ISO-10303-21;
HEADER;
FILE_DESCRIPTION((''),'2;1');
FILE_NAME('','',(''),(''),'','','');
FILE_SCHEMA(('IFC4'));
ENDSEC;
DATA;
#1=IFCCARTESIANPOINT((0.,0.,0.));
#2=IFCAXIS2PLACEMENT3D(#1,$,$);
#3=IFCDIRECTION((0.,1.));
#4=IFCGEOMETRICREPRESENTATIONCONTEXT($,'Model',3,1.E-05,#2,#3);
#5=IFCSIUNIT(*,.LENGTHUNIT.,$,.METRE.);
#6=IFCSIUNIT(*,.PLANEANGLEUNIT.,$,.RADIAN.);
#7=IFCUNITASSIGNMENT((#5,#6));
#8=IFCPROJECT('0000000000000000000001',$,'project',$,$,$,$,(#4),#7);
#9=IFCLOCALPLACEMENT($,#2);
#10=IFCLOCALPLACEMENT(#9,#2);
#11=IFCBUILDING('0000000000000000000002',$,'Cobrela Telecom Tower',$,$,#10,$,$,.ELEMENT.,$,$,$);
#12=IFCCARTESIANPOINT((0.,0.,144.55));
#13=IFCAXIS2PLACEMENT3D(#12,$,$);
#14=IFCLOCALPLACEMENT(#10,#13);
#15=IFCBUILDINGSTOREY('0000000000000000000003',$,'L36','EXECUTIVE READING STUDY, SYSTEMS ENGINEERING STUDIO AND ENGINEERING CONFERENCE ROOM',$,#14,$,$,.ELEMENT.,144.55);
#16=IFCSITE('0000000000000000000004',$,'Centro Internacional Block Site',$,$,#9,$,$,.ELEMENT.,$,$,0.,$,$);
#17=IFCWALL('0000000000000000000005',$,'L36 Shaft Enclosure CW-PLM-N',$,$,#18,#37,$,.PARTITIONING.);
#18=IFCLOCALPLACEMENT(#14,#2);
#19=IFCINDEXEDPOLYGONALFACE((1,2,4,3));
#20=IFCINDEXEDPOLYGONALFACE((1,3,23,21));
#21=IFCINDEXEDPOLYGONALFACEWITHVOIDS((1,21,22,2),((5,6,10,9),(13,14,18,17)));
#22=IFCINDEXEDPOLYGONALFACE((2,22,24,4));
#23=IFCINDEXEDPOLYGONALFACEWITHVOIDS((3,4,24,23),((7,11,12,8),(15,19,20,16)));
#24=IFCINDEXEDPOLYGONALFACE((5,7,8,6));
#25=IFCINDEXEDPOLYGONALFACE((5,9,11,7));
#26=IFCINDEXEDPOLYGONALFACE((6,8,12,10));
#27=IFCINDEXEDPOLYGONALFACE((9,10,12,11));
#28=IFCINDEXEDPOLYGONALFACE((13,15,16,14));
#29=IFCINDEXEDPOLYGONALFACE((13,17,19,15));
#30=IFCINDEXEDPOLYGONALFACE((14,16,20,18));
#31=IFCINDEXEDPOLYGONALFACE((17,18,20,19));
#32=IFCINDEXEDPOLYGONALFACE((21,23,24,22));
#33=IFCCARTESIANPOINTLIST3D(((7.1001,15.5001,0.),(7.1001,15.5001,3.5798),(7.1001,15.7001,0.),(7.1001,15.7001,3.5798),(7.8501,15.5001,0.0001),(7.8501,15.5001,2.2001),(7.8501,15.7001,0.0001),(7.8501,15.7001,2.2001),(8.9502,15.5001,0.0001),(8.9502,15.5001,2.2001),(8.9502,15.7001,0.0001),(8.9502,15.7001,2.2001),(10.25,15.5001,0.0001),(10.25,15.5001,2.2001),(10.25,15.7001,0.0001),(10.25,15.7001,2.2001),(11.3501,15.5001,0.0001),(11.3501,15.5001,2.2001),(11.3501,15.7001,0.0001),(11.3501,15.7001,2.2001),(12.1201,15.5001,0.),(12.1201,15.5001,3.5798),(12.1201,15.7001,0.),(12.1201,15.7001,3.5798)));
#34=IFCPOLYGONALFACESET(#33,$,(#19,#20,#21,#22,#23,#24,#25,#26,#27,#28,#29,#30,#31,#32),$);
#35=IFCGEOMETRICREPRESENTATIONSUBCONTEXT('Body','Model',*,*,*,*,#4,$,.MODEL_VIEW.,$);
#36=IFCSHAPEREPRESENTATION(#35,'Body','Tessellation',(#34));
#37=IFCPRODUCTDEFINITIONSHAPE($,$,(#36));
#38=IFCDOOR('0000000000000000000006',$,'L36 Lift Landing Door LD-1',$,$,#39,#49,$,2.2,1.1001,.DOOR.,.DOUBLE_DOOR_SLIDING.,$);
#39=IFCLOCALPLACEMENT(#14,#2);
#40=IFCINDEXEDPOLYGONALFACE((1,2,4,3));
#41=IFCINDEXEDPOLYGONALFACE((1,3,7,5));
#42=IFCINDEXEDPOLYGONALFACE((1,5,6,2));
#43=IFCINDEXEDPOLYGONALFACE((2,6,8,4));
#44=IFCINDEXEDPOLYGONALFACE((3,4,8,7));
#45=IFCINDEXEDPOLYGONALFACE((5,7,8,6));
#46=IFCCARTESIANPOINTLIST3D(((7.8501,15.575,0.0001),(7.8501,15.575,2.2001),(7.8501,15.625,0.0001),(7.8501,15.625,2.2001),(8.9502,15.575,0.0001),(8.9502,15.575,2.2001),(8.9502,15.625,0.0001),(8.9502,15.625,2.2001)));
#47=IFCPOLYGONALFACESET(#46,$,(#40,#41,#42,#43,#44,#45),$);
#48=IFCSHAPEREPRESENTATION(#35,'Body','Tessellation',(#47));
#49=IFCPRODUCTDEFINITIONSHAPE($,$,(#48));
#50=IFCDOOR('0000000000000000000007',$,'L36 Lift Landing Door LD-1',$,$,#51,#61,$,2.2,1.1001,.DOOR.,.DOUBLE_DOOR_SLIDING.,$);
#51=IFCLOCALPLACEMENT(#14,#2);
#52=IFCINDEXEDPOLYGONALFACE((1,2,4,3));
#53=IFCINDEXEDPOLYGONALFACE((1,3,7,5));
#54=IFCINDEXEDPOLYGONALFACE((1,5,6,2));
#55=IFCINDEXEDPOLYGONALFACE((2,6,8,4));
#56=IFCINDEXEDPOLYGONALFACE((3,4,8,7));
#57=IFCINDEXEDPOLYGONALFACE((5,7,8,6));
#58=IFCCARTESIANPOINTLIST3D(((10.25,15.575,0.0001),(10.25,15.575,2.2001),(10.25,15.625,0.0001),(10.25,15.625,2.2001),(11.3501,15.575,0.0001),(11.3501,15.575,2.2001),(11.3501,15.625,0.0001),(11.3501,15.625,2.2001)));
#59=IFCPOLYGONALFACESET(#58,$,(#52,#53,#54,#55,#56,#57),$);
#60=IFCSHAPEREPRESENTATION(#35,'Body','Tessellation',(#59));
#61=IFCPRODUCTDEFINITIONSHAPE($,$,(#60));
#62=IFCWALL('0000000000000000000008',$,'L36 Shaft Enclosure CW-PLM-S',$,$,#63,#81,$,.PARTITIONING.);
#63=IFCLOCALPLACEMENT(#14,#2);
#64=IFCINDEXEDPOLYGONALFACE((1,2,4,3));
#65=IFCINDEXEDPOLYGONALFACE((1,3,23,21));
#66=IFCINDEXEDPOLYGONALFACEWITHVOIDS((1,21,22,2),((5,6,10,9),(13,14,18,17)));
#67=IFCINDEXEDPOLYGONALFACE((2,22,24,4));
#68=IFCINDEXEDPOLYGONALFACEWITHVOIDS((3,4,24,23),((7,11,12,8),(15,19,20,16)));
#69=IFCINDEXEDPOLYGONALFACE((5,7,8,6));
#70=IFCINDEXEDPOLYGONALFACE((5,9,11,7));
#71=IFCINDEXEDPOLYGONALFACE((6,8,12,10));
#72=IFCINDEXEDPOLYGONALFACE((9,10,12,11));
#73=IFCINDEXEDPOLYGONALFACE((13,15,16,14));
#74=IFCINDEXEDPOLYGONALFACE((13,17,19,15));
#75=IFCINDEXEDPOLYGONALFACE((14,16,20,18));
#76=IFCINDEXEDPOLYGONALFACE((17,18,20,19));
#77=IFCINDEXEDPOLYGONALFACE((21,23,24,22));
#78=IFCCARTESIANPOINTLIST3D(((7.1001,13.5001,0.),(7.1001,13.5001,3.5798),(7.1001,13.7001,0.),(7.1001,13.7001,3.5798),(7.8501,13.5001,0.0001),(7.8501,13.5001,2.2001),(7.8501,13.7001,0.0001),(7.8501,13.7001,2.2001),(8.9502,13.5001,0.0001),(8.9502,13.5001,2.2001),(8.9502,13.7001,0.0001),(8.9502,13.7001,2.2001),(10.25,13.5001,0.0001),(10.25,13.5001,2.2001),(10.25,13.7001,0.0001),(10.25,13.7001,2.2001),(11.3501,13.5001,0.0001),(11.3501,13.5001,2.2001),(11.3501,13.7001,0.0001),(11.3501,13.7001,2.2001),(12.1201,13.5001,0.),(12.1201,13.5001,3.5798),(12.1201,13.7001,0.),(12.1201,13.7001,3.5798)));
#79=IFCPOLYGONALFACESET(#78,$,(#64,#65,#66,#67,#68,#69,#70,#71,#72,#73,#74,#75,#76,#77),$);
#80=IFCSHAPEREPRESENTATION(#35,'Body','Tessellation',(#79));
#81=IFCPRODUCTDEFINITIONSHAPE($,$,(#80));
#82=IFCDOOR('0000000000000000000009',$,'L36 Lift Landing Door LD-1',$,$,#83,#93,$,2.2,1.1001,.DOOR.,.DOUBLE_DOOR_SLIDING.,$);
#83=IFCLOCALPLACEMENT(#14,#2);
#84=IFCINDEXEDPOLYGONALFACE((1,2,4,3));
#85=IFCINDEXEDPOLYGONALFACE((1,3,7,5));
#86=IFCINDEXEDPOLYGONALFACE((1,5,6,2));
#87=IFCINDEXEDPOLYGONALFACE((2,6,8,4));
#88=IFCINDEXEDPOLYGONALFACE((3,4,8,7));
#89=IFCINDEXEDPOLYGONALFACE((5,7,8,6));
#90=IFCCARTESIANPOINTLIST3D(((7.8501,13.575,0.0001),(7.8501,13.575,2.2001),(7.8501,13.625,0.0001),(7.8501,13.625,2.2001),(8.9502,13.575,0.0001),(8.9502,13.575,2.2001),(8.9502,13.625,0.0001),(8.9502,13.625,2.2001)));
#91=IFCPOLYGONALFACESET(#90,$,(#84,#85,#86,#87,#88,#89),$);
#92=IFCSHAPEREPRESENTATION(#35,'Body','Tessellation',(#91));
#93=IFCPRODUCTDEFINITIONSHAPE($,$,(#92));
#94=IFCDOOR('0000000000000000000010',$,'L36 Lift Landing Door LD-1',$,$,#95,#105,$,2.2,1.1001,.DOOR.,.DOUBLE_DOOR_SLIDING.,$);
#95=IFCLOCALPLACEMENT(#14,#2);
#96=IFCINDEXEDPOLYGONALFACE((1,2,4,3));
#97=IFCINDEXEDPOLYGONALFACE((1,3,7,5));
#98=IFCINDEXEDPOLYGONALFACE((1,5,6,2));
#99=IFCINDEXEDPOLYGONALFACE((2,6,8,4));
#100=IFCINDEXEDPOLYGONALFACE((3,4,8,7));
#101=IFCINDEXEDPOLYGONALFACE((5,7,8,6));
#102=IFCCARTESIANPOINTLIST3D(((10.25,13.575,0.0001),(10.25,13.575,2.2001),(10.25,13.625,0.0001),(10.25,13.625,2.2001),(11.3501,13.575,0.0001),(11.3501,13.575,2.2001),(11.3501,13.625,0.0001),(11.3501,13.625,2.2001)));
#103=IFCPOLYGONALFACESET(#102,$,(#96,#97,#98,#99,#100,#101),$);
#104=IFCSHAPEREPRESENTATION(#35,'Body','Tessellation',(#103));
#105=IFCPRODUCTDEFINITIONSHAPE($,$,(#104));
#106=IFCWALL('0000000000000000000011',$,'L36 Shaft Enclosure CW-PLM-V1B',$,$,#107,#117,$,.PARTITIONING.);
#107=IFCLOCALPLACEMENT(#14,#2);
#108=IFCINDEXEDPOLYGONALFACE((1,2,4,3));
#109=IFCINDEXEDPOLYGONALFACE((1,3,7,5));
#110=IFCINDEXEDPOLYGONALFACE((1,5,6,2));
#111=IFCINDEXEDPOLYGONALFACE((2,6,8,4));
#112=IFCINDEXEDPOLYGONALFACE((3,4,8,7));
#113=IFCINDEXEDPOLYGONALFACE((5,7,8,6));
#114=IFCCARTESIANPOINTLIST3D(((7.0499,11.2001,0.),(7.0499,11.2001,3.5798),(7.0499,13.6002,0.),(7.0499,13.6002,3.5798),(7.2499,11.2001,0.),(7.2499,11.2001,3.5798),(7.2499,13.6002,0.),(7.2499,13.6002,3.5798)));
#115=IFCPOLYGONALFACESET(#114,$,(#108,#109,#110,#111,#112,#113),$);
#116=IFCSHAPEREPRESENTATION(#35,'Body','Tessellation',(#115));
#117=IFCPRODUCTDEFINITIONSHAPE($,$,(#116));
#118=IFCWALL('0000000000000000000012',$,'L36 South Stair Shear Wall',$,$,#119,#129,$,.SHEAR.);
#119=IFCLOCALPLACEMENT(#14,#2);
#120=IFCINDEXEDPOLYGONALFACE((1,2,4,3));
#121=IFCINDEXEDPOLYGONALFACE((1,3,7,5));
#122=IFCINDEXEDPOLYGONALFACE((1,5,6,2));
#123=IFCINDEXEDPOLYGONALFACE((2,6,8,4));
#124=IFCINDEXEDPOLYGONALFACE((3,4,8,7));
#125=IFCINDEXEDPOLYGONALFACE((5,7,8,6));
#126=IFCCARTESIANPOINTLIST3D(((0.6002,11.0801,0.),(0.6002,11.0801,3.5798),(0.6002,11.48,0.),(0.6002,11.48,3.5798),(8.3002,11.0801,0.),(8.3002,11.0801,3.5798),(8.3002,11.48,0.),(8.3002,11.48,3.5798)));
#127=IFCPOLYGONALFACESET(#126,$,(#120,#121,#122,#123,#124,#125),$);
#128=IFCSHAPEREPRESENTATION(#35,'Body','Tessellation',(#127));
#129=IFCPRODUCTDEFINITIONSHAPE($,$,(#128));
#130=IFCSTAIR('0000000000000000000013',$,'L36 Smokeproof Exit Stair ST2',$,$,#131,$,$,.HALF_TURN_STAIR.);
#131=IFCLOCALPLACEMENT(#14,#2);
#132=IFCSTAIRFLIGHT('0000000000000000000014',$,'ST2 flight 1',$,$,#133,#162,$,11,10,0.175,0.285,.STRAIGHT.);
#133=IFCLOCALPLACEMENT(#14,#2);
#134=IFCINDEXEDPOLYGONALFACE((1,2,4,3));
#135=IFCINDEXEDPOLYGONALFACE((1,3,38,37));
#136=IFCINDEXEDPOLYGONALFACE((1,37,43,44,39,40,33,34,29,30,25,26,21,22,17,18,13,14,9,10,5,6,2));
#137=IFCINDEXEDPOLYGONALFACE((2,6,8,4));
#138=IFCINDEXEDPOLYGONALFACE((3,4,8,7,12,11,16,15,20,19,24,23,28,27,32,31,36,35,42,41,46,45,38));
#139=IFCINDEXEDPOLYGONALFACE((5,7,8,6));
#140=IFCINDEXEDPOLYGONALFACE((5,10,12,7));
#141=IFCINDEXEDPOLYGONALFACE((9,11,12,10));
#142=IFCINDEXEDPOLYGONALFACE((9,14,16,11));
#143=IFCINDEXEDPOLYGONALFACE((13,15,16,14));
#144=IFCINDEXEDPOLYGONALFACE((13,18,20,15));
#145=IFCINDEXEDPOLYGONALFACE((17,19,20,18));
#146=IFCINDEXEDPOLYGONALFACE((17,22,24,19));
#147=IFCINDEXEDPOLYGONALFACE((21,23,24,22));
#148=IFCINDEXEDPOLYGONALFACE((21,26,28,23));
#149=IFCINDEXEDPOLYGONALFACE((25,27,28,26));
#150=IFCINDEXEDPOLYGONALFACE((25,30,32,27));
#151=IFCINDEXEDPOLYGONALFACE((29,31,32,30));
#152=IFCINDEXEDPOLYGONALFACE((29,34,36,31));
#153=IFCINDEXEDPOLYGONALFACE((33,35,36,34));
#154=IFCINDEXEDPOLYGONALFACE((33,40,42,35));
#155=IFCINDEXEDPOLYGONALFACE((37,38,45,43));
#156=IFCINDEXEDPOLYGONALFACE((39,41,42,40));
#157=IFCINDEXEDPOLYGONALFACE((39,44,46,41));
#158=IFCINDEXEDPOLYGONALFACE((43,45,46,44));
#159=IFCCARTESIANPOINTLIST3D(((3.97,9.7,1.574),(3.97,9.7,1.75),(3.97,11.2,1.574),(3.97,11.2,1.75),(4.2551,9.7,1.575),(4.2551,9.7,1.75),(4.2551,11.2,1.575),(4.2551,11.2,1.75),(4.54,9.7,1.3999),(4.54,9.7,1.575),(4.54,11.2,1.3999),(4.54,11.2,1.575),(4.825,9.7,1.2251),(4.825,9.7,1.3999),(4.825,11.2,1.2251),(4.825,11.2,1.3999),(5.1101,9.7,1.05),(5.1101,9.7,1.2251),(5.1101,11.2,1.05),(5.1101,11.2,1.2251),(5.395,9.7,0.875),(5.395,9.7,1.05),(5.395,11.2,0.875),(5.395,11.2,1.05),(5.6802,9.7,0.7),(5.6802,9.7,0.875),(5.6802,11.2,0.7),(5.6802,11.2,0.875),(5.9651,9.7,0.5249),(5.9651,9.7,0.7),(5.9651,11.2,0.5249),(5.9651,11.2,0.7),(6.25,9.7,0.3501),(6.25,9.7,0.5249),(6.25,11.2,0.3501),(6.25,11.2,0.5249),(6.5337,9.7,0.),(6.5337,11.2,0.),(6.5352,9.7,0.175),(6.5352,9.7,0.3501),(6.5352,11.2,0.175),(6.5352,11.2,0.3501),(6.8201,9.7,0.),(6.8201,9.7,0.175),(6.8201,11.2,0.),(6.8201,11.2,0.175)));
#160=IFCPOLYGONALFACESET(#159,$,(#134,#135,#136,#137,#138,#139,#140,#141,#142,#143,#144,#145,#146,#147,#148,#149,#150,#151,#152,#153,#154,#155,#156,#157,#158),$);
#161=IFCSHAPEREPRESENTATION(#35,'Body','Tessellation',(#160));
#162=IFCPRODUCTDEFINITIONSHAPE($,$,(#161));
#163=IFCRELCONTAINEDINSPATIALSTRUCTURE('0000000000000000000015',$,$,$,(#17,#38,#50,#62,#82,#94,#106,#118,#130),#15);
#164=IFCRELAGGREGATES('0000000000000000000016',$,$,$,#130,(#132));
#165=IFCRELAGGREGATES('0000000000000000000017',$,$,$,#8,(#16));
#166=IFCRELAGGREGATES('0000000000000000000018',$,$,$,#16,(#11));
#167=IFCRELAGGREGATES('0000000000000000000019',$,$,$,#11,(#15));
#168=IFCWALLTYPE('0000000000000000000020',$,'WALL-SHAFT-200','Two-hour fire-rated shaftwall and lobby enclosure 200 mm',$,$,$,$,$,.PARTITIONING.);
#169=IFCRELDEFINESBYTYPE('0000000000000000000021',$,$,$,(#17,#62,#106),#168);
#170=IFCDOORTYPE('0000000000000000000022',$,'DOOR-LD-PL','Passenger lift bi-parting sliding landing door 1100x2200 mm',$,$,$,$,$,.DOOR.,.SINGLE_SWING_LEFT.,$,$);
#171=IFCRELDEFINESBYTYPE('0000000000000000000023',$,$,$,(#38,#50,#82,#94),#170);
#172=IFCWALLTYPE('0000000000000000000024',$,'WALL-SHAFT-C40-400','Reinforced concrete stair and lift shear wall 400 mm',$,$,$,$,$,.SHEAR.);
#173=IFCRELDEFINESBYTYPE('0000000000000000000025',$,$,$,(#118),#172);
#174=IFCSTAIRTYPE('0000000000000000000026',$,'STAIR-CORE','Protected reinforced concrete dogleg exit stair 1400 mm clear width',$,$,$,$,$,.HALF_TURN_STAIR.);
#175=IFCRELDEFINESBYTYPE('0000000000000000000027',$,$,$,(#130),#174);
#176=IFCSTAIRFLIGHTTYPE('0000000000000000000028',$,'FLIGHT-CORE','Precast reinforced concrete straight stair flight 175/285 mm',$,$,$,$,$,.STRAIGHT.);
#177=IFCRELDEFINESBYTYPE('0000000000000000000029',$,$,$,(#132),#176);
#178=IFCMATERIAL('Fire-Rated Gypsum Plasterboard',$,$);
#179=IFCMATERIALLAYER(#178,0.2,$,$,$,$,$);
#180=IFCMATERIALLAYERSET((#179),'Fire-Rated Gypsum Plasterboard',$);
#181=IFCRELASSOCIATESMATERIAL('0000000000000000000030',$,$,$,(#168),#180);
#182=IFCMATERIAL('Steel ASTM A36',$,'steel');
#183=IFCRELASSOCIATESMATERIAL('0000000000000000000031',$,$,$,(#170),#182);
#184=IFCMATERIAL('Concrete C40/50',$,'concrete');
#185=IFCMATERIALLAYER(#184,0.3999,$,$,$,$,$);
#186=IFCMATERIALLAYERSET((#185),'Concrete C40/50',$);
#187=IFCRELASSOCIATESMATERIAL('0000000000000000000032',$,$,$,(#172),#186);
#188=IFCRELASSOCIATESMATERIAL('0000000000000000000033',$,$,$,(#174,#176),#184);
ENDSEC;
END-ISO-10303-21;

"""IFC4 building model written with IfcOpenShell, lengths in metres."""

from ifc_helpers import new_model, si_unit, direction, frame, frame_2d, origin, place, context, subcontext, project, spatial, polyline, rectangle, outline, extrude, material, layer, layer_set, type_object, element, fill, aggregate, save


model = new_model("IFC4")

# Units and contexts
model_context = context("Model", 3, precision=1e-05, world=origin(), true_north=direction((0.0, 1.0)))
body_context = subcontext(model_context, "Body", "Model", "MODEL_VIEW")
ifc_project = project(units=[si_unit("LENGTHUNIT", "METRE"), si_unit("PLANEANGLEUNIT", "RADIAN")], contexts=[model_context])

# Site, building, storey
site_placement = place(None, origin())
site = spatial("IfcSite", under=ifc_project, at=site_placement, Name="Centro Internacional Block Site", CompositionType="ELEMENT", RefElevation=0.0)
building_placement = place(site_placement, origin())
building = spatial("IfcBuilding", under=site, at=building_placement, Name="Cobrela Telecom Tower", CompositionType="ELEMENT")
storey_placement = place(building_placement, frame((0.0, 0.0, 144.55)))
storey = spatial("IfcBuildingStorey", under=building, at=storey_placement, Name="L36", Description="EXECUTIVE READING STUDY, SYSTEMS ENGINEERING STUDIO AND ENGINEERING CONFERENCE ROOM", CompositionType="ELEMENT", Elevation=144.55)

# Shared definitions
ifc_material_1 = material(Name="Fire-Rated Gypsum Plasterboard")

# Shared definitions
ifc_layer_1 = layer(ifc_material_1, 0.2)
ifc_layer_set_1 = layer_set([ifc_layer_1], Name="Fire-Rated Gypsum Plasterboard")
wall_type_1 = type_object("IfcWallType", Name="WALL-SHAFT-200", Description="Two-hour fire-rated shaftwall and lobby enclosure 200 mm", PredefinedType="PARTITIONING", material=ifc_layer_set_1)

# Walls, openings, doors
wall_1_placement = place(storey_placement, frame((7.1001, 15.6001, 0.0), z_axis=(0.0, 0.0, 1.0), x_axis=(1.0, 0.0, 0.0)))
wall_1 = element("IfcWall", 1, at=wall_1_placement, inside=storey, type_object=wall_type_1, Name="L36 Shaft Enclosure CW-PLM-N", PredefinedType="PARTITIONING", context=body_context, shape_type="SweptSolid", body=[
    extrude(rectangle(XDim=5.02, YDim=0.2, at=frame_2d((2.51, 0.0))), origin(), (0.0, 0.0, 1.0), 3.5798),
])
opening_1_placement = place(wall_1_placement, frame((0.75, 0.0, 0.0)))
opening_1 = element("IfcOpeningElement", 2, at=opening_1_placement, cuts=wall_1, PredefinedType="OPENING", context=body_context, shape_type="SweptSolid", body=[
    extrude(rectangle(XDim=1.1001, YDim=2.2, at=frame_2d((0.55, 1.1001))), frame((0.0, 0.1118, 0.0), z_axis=(0.0, -1.0, 0.0), x_axis=(1.0, 0.0, 0.0)), (0.0, 0.0, 1.0), 0.2239),
])
opening_2_placement = place(wall_1_placement, frame((3.1499, 0.0, 0.0)))
opening_2 = element("IfcOpeningElement", 3, at=opening_2_placement, cuts=wall_1, PredefinedType="OPENING", context=body_context, shape_type="SweptSolid", body=[
    extrude(rectangle(XDim=1.1001, YDim=2.2, at=frame_2d((0.55, 1.1001))), frame((0.0, 0.1118, 0.0), z_axis=(0.0, -1.0, 0.0), x_axis=(1.0, 0.0, 0.0)), (0.0, 0.0, 1.0), 0.2239),
])
ifc_material_2 = material(Name="Steel ASTM A36", Category="steel")
door_type_1 = type_object("IfcDoorType", Name="DOOR-LD-PL", Description="Passenger lift bi-parting sliding landing door 1100x2200 mm", OperationType="SINGLE_SWING_LEFT", PredefinedType="DOOR", material=ifc_material_2)
door_1_placement = place(opening_1_placement, origin())
door_1 = element("IfcDoor", 4, at=door_1_placement, inside=storey, type_object=door_type_1, Name="L36 Lift Landing Door LD-1", OperationType="DOUBLE_DOOR_SLIDING", OverallHeight=2.2, OverallWidth=1.1001, PredefinedType="DOOR", context=body_context, shape_type="SweptSolid", body=[
    extrude(rectangle(XDim=1.1001, YDim=2.2, at=frame_2d((0.55, 1.1001))), frame((0.0, 0.0249, 0.0), z_axis=(0.0, -1.0, 0.0), x_axis=(1.0, 0.0, 0.0)), (0.0, 0.0, 1.0), 0.05),
])
fill(opening_1, door_1)
door_2_placement = place(opening_2_placement, origin())
door_2 = element("IfcDoor", 5, at=door_2_placement, inside=storey, type_object=door_type_1, Name="L36 Lift Landing Door LD-1", OperationType="DOUBLE_DOOR_SLIDING", OverallHeight=2.2, OverallWidth=1.1001, PredefinedType="DOOR", context=body_context, shape_type="SweptSolid", body=[
    extrude(rectangle(XDim=1.1001, YDim=2.2, at=frame_2d((0.55, 1.1001))), frame((0.0, 0.0249, 0.0), z_axis=(0.0, -1.0, 0.0), x_axis=(1.0, 0.0, 0.0)), (0.0, 0.0, 1.0), 0.05),
])
fill(opening_2, door_2)
wall_2_placement = place(storey_placement, frame((7.1001, 13.6001, 0.0), z_axis=(0.0, 0.0, 1.0), x_axis=(1.0, 0.0, 0.0)))
wall_2 = element("IfcWall", 6, at=wall_2_placement, inside=storey, type_object=wall_type_1, Name="L36 Shaft Enclosure CW-PLM-S", PredefinedType="PARTITIONING", context=body_context, shape_type="SweptSolid", body=[
    extrude(rectangle(XDim=5.02, YDim=0.2, at=frame_2d((2.51, 0.0))), origin(), (0.0, 0.0, 1.0), 3.5798),
])
opening_3_placement = place(wall_2_placement, frame((0.75, 0.0, 0.0)))
opening_3 = element("IfcOpeningElement", 7, at=opening_3_placement, cuts=wall_2, PredefinedType="OPENING", context=body_context, shape_type="SweptSolid", body=[
    extrude(rectangle(XDim=1.1001, YDim=2.2, at=frame_2d((0.55, 1.1001))), frame((0.0, 0.1118, 0.0), z_axis=(0.0, -1.0, 0.0), x_axis=(1.0, 0.0, 0.0)), (0.0, 0.0, 1.0), 0.2239),
])
opening_4_placement = place(wall_2_placement, frame((3.1499, 0.0, 0.0)))
opening_4 = element("IfcOpeningElement", 8, at=opening_4_placement, cuts=wall_2, PredefinedType="OPENING", context=body_context, shape_type="SweptSolid", body=[
    extrude(rectangle(XDim=1.1001, YDim=2.2, at=frame_2d((0.55, 1.1001))), frame((0.0, 0.1118, 0.0), z_axis=(0.0, -1.0, 0.0), x_axis=(1.0, 0.0, 0.0)), (0.0, 0.0, 1.0), 0.2239),
])
door_3_placement = place(opening_3_placement, origin())
door_3 = element("IfcDoor", 9, at=door_3_placement, inside=storey, type_object=door_type_1, Name="L36 Lift Landing Door LD-1", OperationType="DOUBLE_DOOR_SLIDING", OverallHeight=2.2, OverallWidth=1.1001, PredefinedType="DOOR", context=body_context, shape_type="SweptSolid", body=[
    extrude(rectangle(XDim=1.1001, YDim=2.2, at=frame_2d((0.55, 1.1001))), frame((0.0, 0.0249, 0.0), z_axis=(0.0, -1.0, 0.0), x_axis=(1.0, 0.0, 0.0)), (0.0, 0.0, 1.0), 0.05),
])
fill(opening_3, door_3)
door_4_placement = place(opening_4_placement, origin())
door_4 = element("IfcDoor", 10, at=door_4_placement, inside=storey, type_object=door_type_1, Name="L36 Lift Landing Door LD-1", OperationType="DOUBLE_DOOR_SLIDING", OverallHeight=2.2, OverallWidth=1.1001, PredefinedType="DOOR", context=body_context, shape_type="SweptSolid", body=[
    extrude(rectangle(XDim=1.1001, YDim=2.2, at=frame_2d((0.55, 1.1001))), frame((0.0, 0.0249, 0.0), z_axis=(0.0, -1.0, 0.0), x_axis=(1.0, 0.0, 0.0)), (0.0, 0.0, 1.0), 0.05),
])
fill(opening_4, door_4)

# Walls
wall_3_placement = place(storey_placement, frame((7.1499, 11.2, 0.0), z_axis=(0.0, 0.0, 1.0), x_axis=(0.0, 1.0, 0.0)))
element("IfcWall", 11, at=wall_3_placement, inside=storey, type_object=wall_type_1, Name="L36 Shaft Enclosure CW-PLM-V1B", PredefinedType="PARTITIONING", context=body_context, shape_type="SweptSolid", body=[
    extrude(rectangle(XDim=2.4001, YDim=0.2, at=frame_2d((1.2002, 0.0))), origin(), (0.0, 0.0, 1.0), 3.5798),
])
ifc_material_3 = material(Name="Concrete C40/50", Category="concrete")
ifc_layer_2 = layer(ifc_material_3, 0.3999)
ifc_layer_set_2 = layer_set([ifc_layer_2], Name="Concrete C40/50")
wall_type_2 = type_object("IfcWallType", Name="WALL-SHAFT-C40-400", Description="Reinforced concrete stair and lift shear wall 400 mm", PredefinedType="SHEAR", material=ifc_layer_set_2)
wall_4_placement = place(storey_placement, frame((0.6001, 11.28, 0.0), z_axis=(0.0, 0.0, 1.0), x_axis=(1.0, 0.0, 0.0)))
element("IfcWall", 12, at=wall_4_placement, inside=storey, type_object=wall_type_2, Name="L36 South Stair Shear Wall", PredefinedType="SHEAR", context=body_context, shape_type="SweptSolid", body=[
    extrude(rectangle(XDim=7.7, YDim=0.3999, at=frame_2d((3.8501, 0.0))), origin(), (0.0, 0.0, 1.0), 3.5798),
])

# Stair, stair flight
stair_type = type_object("IfcStairType", Name="STAIR-CORE", Description="Protected reinforced concrete dogleg exit stair 1400 mm clear width", PredefinedType="HALF_TURN_STAIR", material=ifc_material_3)
stair_placement = place(storey_placement, origin())
stair = element("IfcStair", 13, at=stair_placement, inside=storey, type_object=stair_type, Name="L36 Smokeproof Exit Stair ST2", PredefinedType="HALF_TURN_STAIR")
stair_flight_type = type_object("IfcStairFlightType", Name="FLIGHT-CORE", Description="Precast reinforced concrete straight stair flight 175/285 mm", PredefinedType="STRAIGHT", material=ifc_material_3)
stair_flight_placement = place(storey_placement, frame((6.8201, 10.45, 0.0), z_axis=(0.0, 0.0, 1.0), x_axis=(-1.0, 0.0, 0.0)))
stair_flight = element("IfcStairFlight", 14, at=stair_flight_placement, type_object=stair_flight_type, Name="ST2 flight 1", NumberOfRisers=11, NumberOfTreads=10, PredefinedType="STRAIGHT", RiserHeight=0.175, TreadLength=0.285, context=body_context, shape_type="SweptSolid", body=[
    extrude(outline(polyline([(0.0, 0.0), (0.0, 0.175), (0.2849, 0.175), (0.2849, 0.3501), (0.5701, 0.3501), (0.5701, 0.5249), (0.855, 0.5249), (0.855, 0.7), (1.1399, 0.7), (1.1399, 0.875), (1.425, 0.875), (1.425, 1.05), (1.71, 1.05), (1.71, 1.2251), (1.9951, 1.2251), (1.9951, 1.3999), (2.28, 1.3999), (2.28, 1.575), (2.5649, 1.575), (2.5649, 1.75), (2.8501, 1.75), (2.8501, 1.925), (2.8501, 1.574), (0.2864, 0.0), (0.0, 0.0)])), frame((0.0, 0.75, 0.0), z_axis=(0.0, -1.0, 0.0), x_axis=(1.0, 0.0, 0.0)), (0.0, 0.0, 1.0), 1.5),
])
aggregate(stair, [stair_flight])

save(model, "model.ifc")
